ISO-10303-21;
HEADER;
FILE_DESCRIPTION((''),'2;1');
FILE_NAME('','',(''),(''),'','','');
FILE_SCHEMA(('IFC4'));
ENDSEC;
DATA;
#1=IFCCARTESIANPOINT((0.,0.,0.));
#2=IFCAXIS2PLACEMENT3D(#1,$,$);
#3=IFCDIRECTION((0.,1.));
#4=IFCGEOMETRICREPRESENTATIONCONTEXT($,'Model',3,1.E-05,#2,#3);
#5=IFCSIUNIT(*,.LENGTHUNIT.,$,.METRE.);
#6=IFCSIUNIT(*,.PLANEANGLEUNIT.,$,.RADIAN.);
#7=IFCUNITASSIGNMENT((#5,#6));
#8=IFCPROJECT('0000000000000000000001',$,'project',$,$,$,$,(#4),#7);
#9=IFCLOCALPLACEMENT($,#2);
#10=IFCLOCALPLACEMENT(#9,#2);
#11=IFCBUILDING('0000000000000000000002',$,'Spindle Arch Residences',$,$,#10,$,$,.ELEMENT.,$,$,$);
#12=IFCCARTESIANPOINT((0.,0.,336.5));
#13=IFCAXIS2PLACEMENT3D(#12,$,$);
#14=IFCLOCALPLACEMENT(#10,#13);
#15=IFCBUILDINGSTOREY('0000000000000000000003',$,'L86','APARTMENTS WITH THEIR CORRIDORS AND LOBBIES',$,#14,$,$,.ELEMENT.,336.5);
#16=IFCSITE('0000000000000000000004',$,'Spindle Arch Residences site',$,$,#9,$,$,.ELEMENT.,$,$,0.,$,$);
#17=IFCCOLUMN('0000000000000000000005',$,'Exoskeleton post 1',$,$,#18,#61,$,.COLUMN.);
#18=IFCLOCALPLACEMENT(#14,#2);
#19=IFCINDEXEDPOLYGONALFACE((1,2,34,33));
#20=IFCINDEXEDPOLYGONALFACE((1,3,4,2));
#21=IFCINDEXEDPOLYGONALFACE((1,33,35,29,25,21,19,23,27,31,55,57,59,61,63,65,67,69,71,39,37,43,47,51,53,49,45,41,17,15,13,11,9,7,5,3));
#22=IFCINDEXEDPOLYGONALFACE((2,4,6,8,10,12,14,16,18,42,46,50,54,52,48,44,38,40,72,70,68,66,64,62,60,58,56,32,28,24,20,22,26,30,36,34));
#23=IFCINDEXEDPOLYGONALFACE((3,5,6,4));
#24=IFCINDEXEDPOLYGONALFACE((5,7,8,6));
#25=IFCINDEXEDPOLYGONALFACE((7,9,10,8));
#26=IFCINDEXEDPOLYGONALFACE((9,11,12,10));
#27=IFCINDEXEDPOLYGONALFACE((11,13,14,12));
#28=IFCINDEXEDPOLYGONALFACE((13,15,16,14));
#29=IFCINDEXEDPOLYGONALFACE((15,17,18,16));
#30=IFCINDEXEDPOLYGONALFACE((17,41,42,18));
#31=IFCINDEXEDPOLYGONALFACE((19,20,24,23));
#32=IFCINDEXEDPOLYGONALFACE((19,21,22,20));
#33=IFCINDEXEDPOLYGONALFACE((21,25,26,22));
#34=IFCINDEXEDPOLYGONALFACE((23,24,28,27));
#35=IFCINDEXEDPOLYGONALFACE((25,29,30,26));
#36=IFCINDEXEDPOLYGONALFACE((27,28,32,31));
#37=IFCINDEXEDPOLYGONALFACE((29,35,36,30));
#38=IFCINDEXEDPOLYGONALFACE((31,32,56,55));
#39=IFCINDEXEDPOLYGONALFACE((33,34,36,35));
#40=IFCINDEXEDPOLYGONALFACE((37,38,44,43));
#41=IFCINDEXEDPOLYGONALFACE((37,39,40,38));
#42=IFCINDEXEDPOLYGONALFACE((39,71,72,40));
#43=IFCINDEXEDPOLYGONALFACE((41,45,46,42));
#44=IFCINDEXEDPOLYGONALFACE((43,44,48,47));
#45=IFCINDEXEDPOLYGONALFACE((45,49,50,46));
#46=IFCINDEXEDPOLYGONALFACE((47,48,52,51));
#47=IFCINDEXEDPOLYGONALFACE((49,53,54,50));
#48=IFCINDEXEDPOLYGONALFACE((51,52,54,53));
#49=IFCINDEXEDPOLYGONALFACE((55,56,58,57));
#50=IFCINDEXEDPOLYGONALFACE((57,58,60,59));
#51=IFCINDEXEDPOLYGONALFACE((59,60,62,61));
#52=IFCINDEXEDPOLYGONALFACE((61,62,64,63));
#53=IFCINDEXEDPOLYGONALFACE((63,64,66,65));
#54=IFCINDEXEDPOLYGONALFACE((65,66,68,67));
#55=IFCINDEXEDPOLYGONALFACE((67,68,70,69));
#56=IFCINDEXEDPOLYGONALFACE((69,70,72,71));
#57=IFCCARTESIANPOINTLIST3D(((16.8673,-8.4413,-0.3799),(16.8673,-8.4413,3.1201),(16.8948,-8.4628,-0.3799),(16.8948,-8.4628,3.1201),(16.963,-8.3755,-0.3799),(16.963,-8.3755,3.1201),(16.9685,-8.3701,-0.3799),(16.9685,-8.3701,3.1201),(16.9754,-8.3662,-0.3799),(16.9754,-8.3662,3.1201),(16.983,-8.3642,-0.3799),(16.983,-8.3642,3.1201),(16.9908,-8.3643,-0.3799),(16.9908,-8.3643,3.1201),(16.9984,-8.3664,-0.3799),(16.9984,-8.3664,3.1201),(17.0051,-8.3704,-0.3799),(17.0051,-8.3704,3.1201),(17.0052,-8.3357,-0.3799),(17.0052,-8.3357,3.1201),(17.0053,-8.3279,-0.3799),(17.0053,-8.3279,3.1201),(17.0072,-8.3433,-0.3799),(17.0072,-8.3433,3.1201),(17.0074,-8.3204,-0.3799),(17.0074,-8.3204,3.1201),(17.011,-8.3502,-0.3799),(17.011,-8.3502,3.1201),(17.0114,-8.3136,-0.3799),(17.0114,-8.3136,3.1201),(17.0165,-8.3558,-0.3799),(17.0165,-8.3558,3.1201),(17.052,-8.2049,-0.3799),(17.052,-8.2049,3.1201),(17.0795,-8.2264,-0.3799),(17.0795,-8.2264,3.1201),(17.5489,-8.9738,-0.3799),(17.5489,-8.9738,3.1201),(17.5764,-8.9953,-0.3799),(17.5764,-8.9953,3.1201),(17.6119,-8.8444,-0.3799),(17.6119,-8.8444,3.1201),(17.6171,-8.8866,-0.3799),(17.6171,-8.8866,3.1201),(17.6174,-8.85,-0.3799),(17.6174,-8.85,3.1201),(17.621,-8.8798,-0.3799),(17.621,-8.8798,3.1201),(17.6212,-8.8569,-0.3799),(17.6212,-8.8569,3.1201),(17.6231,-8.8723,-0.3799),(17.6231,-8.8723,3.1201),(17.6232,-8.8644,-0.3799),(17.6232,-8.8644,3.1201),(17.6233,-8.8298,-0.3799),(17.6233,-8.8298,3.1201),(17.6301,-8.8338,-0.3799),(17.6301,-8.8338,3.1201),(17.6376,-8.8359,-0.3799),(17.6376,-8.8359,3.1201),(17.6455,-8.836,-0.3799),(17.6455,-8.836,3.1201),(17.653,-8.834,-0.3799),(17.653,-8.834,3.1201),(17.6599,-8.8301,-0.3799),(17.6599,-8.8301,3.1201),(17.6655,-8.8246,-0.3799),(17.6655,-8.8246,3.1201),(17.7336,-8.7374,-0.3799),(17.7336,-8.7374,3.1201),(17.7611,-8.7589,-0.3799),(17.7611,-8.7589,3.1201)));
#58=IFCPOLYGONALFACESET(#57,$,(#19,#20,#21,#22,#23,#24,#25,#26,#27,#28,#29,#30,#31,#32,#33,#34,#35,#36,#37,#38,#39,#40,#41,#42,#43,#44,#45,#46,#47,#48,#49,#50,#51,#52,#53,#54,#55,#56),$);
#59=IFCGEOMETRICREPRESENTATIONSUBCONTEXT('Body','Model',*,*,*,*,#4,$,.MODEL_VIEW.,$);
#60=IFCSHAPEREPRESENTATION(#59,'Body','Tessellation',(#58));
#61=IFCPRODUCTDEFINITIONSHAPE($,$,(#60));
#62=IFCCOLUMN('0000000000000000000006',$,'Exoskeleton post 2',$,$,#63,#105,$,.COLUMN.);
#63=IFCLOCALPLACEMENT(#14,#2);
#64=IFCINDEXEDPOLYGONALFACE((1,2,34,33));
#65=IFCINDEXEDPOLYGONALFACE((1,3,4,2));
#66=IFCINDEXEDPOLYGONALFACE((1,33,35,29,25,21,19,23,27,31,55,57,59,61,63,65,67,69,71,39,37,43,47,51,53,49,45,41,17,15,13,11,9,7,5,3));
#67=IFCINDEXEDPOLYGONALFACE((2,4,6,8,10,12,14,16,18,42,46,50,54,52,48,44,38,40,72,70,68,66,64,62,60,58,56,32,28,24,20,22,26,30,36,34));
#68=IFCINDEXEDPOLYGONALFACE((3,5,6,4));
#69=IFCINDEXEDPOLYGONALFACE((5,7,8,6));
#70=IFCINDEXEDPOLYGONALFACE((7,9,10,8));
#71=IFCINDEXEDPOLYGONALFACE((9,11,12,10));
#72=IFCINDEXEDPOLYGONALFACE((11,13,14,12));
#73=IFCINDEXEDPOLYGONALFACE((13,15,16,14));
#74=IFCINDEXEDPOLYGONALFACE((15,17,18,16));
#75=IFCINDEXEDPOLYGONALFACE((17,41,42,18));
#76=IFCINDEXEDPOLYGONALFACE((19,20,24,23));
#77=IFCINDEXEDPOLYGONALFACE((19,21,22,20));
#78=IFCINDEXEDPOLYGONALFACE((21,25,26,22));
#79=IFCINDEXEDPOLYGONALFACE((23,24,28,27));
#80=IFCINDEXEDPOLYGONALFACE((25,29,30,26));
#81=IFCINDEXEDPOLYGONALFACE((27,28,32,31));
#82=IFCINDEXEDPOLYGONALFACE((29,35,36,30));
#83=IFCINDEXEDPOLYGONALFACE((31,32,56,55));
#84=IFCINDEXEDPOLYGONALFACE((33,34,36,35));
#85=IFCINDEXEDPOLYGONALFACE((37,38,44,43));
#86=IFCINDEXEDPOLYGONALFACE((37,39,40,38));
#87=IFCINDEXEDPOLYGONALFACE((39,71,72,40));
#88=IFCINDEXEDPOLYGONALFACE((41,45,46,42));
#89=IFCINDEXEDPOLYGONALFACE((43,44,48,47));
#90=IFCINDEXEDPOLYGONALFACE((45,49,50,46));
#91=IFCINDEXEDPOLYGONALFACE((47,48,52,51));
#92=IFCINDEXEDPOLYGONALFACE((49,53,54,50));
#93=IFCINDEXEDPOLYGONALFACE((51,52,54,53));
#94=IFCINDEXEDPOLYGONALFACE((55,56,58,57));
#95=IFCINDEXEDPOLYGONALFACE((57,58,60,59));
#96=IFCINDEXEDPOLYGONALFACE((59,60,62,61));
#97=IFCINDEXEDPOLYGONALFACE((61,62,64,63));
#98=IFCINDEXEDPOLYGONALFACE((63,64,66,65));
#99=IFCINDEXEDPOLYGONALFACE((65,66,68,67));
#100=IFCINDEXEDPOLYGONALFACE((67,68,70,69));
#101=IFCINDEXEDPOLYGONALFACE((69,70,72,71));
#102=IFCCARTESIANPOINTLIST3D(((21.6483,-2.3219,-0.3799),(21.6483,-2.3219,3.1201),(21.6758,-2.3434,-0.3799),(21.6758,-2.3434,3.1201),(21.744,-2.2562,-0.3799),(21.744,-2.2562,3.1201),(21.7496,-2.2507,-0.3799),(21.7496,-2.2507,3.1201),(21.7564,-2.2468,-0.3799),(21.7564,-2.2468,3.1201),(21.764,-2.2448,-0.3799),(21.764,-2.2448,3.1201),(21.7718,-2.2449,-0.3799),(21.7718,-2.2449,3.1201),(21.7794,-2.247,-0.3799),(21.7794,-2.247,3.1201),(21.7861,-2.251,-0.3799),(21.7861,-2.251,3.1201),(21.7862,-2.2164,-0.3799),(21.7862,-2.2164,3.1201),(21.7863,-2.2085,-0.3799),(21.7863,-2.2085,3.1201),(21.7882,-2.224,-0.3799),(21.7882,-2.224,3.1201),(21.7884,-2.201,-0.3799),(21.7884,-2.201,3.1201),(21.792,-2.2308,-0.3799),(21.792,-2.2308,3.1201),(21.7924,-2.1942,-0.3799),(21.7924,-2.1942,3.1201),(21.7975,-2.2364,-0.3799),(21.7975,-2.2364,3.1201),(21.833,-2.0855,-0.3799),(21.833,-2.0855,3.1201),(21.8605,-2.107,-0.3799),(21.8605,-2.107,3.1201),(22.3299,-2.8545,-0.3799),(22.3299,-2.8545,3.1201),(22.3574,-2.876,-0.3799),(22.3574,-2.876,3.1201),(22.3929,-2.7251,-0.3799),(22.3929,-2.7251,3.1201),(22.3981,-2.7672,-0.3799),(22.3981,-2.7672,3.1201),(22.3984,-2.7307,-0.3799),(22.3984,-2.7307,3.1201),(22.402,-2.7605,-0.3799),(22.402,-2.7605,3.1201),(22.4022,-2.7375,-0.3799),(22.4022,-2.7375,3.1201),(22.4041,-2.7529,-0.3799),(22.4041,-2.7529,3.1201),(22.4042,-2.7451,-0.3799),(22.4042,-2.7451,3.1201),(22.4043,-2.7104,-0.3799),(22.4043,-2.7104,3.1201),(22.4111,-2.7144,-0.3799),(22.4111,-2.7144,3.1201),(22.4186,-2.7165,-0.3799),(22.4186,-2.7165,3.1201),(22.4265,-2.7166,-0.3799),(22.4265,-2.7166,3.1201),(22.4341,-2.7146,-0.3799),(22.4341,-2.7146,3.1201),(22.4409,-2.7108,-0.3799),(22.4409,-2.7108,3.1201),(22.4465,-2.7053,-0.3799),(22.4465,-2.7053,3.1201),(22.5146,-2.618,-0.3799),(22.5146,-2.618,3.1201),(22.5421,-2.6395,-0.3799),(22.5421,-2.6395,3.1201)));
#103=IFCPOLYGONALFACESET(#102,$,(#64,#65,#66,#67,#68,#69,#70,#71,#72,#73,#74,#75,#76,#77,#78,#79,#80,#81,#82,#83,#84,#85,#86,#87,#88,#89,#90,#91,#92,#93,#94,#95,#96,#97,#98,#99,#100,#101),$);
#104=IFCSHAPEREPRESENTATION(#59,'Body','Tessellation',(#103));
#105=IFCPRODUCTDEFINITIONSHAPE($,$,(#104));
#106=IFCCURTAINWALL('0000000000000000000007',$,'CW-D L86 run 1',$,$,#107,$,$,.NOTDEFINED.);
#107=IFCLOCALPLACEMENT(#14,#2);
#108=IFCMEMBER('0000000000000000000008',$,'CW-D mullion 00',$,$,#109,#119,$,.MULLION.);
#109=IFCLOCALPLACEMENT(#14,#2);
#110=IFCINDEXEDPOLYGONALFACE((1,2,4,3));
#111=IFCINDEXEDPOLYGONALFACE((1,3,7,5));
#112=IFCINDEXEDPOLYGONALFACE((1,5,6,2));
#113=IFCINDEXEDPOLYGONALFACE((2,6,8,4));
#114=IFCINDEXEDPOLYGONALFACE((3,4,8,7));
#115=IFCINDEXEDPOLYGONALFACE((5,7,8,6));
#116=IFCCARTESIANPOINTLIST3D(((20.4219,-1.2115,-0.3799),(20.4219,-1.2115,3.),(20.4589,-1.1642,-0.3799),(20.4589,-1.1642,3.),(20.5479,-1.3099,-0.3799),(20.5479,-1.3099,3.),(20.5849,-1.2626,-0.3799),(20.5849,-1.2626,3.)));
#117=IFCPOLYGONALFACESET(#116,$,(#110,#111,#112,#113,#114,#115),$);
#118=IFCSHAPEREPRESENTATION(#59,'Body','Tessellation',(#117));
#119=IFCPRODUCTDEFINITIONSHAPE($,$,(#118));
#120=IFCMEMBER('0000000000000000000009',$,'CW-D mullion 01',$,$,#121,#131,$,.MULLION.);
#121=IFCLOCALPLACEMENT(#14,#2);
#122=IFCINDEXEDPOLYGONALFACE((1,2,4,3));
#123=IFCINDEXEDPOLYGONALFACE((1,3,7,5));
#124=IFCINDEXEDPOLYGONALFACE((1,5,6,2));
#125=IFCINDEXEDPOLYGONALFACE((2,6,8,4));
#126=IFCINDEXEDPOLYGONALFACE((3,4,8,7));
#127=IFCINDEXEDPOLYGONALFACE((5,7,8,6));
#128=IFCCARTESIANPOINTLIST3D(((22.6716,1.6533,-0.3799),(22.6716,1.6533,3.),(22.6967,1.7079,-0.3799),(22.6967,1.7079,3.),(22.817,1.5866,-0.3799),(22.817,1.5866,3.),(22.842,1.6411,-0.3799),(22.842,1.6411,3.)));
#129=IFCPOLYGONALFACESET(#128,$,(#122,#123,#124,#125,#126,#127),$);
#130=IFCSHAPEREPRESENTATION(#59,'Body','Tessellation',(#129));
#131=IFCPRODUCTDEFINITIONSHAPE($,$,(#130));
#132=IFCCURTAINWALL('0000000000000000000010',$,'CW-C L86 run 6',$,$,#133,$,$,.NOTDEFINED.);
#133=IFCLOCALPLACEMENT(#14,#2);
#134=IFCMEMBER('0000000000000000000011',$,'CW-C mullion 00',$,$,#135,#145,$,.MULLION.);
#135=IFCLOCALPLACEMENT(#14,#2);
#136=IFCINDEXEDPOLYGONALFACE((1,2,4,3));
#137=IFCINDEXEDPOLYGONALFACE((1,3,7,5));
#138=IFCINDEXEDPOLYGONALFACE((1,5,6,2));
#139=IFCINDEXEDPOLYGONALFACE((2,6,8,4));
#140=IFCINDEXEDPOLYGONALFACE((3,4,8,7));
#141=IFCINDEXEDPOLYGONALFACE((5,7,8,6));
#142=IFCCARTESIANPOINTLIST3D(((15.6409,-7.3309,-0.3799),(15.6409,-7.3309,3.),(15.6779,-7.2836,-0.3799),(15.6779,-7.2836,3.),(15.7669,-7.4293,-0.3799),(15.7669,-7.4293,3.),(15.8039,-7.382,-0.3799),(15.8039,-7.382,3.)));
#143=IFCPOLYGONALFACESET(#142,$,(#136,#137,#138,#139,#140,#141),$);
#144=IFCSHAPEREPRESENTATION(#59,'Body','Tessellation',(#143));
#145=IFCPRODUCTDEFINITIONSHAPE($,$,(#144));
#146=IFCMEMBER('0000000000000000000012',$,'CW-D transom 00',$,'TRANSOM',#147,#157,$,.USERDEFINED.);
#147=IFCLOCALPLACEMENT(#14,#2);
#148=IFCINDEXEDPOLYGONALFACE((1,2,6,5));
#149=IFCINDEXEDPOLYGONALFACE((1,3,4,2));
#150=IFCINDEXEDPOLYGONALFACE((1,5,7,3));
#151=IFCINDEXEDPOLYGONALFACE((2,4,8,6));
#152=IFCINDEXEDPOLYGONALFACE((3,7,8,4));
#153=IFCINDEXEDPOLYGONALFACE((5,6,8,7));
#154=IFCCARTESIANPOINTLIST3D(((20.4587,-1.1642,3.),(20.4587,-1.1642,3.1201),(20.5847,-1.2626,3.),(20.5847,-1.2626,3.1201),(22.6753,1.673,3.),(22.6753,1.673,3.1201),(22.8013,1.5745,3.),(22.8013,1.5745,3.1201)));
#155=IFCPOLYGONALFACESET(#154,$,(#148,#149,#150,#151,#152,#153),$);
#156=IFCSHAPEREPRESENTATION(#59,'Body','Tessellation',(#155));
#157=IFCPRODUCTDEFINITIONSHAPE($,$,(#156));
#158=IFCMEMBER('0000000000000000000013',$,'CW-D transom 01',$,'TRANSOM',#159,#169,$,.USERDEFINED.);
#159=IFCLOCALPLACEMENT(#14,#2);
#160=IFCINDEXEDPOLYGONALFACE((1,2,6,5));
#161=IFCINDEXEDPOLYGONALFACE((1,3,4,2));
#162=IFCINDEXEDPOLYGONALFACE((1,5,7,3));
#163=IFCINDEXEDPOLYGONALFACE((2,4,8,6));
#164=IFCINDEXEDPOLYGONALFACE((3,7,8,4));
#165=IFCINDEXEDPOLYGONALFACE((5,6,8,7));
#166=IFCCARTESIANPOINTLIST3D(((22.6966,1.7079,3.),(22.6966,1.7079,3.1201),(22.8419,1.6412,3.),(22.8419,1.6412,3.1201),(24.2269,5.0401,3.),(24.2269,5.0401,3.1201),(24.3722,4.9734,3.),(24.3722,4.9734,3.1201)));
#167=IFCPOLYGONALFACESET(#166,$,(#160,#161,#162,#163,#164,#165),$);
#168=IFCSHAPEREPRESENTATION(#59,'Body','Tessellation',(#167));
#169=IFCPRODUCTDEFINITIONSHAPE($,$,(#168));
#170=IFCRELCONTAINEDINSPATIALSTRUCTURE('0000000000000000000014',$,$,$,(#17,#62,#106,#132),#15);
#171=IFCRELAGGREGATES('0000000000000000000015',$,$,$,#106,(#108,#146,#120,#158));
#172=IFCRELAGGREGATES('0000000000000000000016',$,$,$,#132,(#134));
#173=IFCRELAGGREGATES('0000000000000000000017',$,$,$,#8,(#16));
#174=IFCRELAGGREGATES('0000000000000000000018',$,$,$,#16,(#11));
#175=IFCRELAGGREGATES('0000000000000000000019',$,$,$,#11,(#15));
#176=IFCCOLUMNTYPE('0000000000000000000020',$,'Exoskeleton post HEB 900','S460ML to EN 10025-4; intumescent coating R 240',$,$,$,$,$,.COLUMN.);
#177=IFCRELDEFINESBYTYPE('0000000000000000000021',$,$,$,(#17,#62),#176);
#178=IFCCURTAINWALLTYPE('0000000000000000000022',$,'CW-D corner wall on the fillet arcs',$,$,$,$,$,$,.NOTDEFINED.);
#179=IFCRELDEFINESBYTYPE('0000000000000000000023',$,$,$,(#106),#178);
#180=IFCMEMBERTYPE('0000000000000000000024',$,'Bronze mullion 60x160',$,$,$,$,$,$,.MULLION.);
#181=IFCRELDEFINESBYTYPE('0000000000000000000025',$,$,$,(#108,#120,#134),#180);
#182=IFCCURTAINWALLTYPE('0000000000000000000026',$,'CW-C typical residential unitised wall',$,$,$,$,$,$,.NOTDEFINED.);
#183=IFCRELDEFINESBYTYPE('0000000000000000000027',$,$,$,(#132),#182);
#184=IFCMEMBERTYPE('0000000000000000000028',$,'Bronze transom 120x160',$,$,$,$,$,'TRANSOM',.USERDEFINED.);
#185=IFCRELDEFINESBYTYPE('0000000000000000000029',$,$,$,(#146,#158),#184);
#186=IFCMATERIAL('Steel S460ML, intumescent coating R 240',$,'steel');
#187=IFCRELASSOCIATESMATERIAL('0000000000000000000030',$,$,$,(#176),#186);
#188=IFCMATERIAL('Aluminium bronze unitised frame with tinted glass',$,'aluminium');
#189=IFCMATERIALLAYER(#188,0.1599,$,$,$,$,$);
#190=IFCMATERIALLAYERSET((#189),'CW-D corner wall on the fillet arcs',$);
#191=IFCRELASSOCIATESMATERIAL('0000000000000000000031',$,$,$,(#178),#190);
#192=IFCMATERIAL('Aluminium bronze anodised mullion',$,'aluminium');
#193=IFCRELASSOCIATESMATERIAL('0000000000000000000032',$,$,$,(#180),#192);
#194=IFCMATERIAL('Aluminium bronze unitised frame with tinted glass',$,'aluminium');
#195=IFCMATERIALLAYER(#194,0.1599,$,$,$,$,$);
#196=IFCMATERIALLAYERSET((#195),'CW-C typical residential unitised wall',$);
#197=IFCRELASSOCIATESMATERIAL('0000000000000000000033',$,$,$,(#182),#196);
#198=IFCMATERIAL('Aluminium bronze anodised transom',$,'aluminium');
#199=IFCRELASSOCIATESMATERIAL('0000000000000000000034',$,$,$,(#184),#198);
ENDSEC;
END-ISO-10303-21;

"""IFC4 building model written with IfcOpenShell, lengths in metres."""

from ifc_helpers import new_model, si_unit, direction, frame, origin, origin_2d, place, context, subcontext, project, spatial, rectangle, i_section, extrude, material, layer, layer_set, material_profile, profile_set, type_object, element, aggregate, save


model = new_model("IFC4")

# Units and contexts
model_context = context("Model", 3, precision=1e-05, world=origin(), true_north=direction((0.0, 1.0)))
body_context = subcontext(model_context, "Body", "Model", "MODEL_VIEW")
ifc_project = project(units=[si_unit("LENGTHUNIT", "METRE"), si_unit("PLANEANGLEUNIT", "RADIAN")], contexts=[model_context])

# Site, building, storey
site_placement = place(None, origin())
site = spatial("IfcSite", under=ifc_project, at=site_placement, Name="Spindle Arch Residences site", CompositionType="ELEMENT", RefElevation=0.0)
building_placement = place(site_placement, origin())
building = spatial("IfcBuilding", under=site, at=building_placement, Name="Spindle Arch Residences", CompositionType="ELEMENT")
storey_placement = place(building_placement, frame((0.0, 0.0, 336.5)))
storey = spatial("IfcBuildingStorey", under=building, at=storey_placement, Name="L86", Description="APARTMENTS WITH THEIR CORRIDORS AND LOBBIES", CompositionType="ELEMENT", Elevation=336.5)

# Columns
ifc_material_1 = material(Name="Steel S460ML, intumescent coating R 240", Category="steel")
ifc_material_profile_1 = material_profile(ifc_material_1, i_section(OverallWidth=0.3, OverallDepth=0.8999, WebThickness=0.0186, FlangeThickness=0.0349, FilletRadius=0.03, at=origin_2d()), Name="HEB 900")
ifc_profile_set_1 = profile_set([ifc_material_profile_1], Name="Steel S460ML, intumescent coating R 240")
column_type = type_object("IfcColumnType", Name="Exoskeleton post HEB 900", Description="S460ML to EN 10025-4; intumescent coating R 240", PredefinedType="COLUMN", material=ifc_profile_set_1)
for number, where, z_axis, x_axis, name in (
    (1, (17.3142, -8.6001, -0.3799), (0.0, 0.0, 1.0), (-0.615661, -0.788011, 0.0), "Exoskeleton post 1"),
    (2, (22.0952, -2.4807, -0.3799), (0.0, 0.0, 1.0), (-0.615661, -0.788011, 0.0), "Exoskeleton post 2"),
):
    element("IfcColumn", number, at=place(storey_placement, frame(where, z_axis=z_axis, x_axis=x_axis)), inside=storey, type_object=column_type, Name=name, PredefinedType="COLUMN", context=body_context, shape_type="SweptSolid", body=[
        extrude(i_section(OverallWidth=0.3, OverallDepth=0.8999, WebThickness=0.0186, FlangeThickness=0.0349, FilletRadius=0.03, at=origin_2d()), origin(), (0.0, 0.0, 1.0), 3.5),
    ])

# Curtain wall, members
ifc_material_2 = material(Name="Aluminium bronze unitised frame with tinted glass", Category="aluminium")
ifc_layer_1 = layer(ifc_material_2, 0.1599)
ifc_layer_set_1 = layer_set([ifc_layer_1], Name="CW-D corner wall on the fillet arcs")
curtain_wall_type_1 = type_object("IfcCurtainWallType", Name="CW-D corner wall on the fillet arcs", PredefinedType="NOTDEFINED", material=ifc_layer_set_1)
curtain_wall_1_placement = place(storey_placement, origin())
curtain_wall_1 = element("IfcCurtainWall", 3, at=curtain_wall_1_placement, inside=storey, type_object=curtain_wall_type_1, Name="CW-D L86 run 1", PredefinedType="NOTDEFINED")
ifc_material_3 = material(Name="Aluminium bronze anodised mullion", Category="aluminium")
ifc_material_profile_2 = material_profile(ifc_material_3, rectangle(XDim=0.1599, YDim=0.0601, at=origin_2d()), Name="MU 60x160")
ifc_profile_set_2 = profile_set([ifc_material_profile_2], Name="Aluminium bronze anodised mullion")
member_type_1 = type_object("IfcMemberType", Name="Bronze mullion 60x160", PredefinedType="MULLION", material=ifc_profile_set_2)
member_1_placement = place(storey_placement, frame((20.5034, -1.2371, -0.3799), z_axis=(0.0, 0.0, 1.0), x_axis=(-0.788011, 0.615661, 0.0)))
member_1 = element("IfcMember", 4, at=member_1_placement, type_object=member_type_1, Name="CW-D mullion 00", PredefinedType="MULLION", context=body_context, shape_type="SweptSolid", body=[
    extrude(rectangle(XDim=0.1599, YDim=0.0601, at=origin_2d()), origin(), (0.0, 0.0, 1.0), 3.3799),
])
member_2_placement = place(storey_placement, frame((22.7568, 1.6472, -0.3799), z_axis=(0.0, 0.0, 1.0), x_axis=(-0.908751, 0.417338, 0.0)))
member_2 = element("IfcMember", 5, at=member_2_placement, type_object=member_type_1, Name="CW-D mullion 01", PredefinedType="MULLION", context=body_context, shape_type="SweptSolid", body=[
    extrude(rectangle(XDim=0.1599, YDim=0.0601, at=origin_2d()), origin(), (0.0, 0.0, 1.0), 3.3799),
])

# Curtain wall, member
ifc_material_4 = material(Name="Aluminium bronze unitised frame with tinted glass", Category="aluminium")
ifc_layer_2 = layer(ifc_material_4, 0.1599)
ifc_layer_set_2 = layer_set([ifc_layer_2], Name="CW-C typical residential unitised wall")
curtain_wall_type_2 = type_object("IfcCurtainWallType", Name="CW-C typical residential unitised wall", PredefinedType="NOTDEFINED", material=ifc_layer_set_2)
curtain_wall_2_placement = place(storey_placement, origin())
curtain_wall_2 = element("IfcCurtainWall", 6, at=curtain_wall_2_placement, inside=storey, type_object=curtain_wall_type_2, Name="CW-C L86 run 6", PredefinedType="NOTDEFINED")
member_3_placement = place(storey_placement, frame((15.7224, -7.3564, -0.3799), z_axis=(0.0, 0.0, 1.0), x_axis=(-0.788011, 0.615661, 0.0)))
member_3 = element("IfcMember", 7, at=member_3_placement, type_object=member_type_1, Name="CW-C mullion 00", PredefinedType="MULLION", context=body_context, shape_type="SweptSolid", body=[
    extrude(rectangle(XDim=0.1599, YDim=0.0601, at=origin_2d()), origin(), (0.0, 0.0, 1.0), 3.3799),
])

# Members
ifc_material_5 = material(Name="Aluminium bronze anodised transom", Category="aluminium")
ifc_material_profile_3 = material_profile(ifc_material_5, rectangle(XDim=0.1599, YDim=0.1201, at=origin_2d()), Name="TR 120x160")
ifc_profile_set_3 = profile_set([ifc_material_profile_3], Name="Aluminium bronze anodised transom")
member_type_2 = type_object("IfcMemberType", Name="Bronze transom 120x160", ElementType="TRANSOM", PredefinedType="USERDEFINED", material=ifc_profile_set_3)
member_4_placement = place(storey_placement, frame((20.5217, -1.2134, 3.0601), z_axis=(0.615648, 0.788021, 0.0), x_axis=(-0.788021, 0.615648, 0.0)))
member_4 = element("IfcMember", 8, at=member_4_placement, type_object=member_type_2, Name="CW-D transom 00", ObjectType="TRANSOM", PredefinedType="USERDEFINED", context=body_context, shape_type="SweptSolid", body=[
    extrude(rectangle(XDim=0.1599, YDim=0.1201, at=origin_2d()), origin(), (0.0, 0.0, 1.0), 3.6003),
])
member_5_placement = place(storey_placement, frame((22.7693, 1.6746, 3.0601), z_axis=(0.417326, 0.908757, 0.0), x_axis=(-0.908757, 0.417326, 0.0)))
member_5 = element("IfcMember", 9, at=member_5_placement, type_object=member_type_2, Name="CW-D transom 01", ObjectType="TRANSOM", PredefinedType="USERDEFINED", context=body_context, shape_type="SweptSolid", body=[
    extrude(rectangle(XDim=0.1599, YDim=0.1201, at=origin_2d()), origin(), (0.0, 0.0, 1.0), 3.6667),
])

aggregate(curtain_wall_1, [member_1, member_4, member_2, member_5])
aggregate(curtain_wall_2, [member_3])

save(model, "model.ifc")
